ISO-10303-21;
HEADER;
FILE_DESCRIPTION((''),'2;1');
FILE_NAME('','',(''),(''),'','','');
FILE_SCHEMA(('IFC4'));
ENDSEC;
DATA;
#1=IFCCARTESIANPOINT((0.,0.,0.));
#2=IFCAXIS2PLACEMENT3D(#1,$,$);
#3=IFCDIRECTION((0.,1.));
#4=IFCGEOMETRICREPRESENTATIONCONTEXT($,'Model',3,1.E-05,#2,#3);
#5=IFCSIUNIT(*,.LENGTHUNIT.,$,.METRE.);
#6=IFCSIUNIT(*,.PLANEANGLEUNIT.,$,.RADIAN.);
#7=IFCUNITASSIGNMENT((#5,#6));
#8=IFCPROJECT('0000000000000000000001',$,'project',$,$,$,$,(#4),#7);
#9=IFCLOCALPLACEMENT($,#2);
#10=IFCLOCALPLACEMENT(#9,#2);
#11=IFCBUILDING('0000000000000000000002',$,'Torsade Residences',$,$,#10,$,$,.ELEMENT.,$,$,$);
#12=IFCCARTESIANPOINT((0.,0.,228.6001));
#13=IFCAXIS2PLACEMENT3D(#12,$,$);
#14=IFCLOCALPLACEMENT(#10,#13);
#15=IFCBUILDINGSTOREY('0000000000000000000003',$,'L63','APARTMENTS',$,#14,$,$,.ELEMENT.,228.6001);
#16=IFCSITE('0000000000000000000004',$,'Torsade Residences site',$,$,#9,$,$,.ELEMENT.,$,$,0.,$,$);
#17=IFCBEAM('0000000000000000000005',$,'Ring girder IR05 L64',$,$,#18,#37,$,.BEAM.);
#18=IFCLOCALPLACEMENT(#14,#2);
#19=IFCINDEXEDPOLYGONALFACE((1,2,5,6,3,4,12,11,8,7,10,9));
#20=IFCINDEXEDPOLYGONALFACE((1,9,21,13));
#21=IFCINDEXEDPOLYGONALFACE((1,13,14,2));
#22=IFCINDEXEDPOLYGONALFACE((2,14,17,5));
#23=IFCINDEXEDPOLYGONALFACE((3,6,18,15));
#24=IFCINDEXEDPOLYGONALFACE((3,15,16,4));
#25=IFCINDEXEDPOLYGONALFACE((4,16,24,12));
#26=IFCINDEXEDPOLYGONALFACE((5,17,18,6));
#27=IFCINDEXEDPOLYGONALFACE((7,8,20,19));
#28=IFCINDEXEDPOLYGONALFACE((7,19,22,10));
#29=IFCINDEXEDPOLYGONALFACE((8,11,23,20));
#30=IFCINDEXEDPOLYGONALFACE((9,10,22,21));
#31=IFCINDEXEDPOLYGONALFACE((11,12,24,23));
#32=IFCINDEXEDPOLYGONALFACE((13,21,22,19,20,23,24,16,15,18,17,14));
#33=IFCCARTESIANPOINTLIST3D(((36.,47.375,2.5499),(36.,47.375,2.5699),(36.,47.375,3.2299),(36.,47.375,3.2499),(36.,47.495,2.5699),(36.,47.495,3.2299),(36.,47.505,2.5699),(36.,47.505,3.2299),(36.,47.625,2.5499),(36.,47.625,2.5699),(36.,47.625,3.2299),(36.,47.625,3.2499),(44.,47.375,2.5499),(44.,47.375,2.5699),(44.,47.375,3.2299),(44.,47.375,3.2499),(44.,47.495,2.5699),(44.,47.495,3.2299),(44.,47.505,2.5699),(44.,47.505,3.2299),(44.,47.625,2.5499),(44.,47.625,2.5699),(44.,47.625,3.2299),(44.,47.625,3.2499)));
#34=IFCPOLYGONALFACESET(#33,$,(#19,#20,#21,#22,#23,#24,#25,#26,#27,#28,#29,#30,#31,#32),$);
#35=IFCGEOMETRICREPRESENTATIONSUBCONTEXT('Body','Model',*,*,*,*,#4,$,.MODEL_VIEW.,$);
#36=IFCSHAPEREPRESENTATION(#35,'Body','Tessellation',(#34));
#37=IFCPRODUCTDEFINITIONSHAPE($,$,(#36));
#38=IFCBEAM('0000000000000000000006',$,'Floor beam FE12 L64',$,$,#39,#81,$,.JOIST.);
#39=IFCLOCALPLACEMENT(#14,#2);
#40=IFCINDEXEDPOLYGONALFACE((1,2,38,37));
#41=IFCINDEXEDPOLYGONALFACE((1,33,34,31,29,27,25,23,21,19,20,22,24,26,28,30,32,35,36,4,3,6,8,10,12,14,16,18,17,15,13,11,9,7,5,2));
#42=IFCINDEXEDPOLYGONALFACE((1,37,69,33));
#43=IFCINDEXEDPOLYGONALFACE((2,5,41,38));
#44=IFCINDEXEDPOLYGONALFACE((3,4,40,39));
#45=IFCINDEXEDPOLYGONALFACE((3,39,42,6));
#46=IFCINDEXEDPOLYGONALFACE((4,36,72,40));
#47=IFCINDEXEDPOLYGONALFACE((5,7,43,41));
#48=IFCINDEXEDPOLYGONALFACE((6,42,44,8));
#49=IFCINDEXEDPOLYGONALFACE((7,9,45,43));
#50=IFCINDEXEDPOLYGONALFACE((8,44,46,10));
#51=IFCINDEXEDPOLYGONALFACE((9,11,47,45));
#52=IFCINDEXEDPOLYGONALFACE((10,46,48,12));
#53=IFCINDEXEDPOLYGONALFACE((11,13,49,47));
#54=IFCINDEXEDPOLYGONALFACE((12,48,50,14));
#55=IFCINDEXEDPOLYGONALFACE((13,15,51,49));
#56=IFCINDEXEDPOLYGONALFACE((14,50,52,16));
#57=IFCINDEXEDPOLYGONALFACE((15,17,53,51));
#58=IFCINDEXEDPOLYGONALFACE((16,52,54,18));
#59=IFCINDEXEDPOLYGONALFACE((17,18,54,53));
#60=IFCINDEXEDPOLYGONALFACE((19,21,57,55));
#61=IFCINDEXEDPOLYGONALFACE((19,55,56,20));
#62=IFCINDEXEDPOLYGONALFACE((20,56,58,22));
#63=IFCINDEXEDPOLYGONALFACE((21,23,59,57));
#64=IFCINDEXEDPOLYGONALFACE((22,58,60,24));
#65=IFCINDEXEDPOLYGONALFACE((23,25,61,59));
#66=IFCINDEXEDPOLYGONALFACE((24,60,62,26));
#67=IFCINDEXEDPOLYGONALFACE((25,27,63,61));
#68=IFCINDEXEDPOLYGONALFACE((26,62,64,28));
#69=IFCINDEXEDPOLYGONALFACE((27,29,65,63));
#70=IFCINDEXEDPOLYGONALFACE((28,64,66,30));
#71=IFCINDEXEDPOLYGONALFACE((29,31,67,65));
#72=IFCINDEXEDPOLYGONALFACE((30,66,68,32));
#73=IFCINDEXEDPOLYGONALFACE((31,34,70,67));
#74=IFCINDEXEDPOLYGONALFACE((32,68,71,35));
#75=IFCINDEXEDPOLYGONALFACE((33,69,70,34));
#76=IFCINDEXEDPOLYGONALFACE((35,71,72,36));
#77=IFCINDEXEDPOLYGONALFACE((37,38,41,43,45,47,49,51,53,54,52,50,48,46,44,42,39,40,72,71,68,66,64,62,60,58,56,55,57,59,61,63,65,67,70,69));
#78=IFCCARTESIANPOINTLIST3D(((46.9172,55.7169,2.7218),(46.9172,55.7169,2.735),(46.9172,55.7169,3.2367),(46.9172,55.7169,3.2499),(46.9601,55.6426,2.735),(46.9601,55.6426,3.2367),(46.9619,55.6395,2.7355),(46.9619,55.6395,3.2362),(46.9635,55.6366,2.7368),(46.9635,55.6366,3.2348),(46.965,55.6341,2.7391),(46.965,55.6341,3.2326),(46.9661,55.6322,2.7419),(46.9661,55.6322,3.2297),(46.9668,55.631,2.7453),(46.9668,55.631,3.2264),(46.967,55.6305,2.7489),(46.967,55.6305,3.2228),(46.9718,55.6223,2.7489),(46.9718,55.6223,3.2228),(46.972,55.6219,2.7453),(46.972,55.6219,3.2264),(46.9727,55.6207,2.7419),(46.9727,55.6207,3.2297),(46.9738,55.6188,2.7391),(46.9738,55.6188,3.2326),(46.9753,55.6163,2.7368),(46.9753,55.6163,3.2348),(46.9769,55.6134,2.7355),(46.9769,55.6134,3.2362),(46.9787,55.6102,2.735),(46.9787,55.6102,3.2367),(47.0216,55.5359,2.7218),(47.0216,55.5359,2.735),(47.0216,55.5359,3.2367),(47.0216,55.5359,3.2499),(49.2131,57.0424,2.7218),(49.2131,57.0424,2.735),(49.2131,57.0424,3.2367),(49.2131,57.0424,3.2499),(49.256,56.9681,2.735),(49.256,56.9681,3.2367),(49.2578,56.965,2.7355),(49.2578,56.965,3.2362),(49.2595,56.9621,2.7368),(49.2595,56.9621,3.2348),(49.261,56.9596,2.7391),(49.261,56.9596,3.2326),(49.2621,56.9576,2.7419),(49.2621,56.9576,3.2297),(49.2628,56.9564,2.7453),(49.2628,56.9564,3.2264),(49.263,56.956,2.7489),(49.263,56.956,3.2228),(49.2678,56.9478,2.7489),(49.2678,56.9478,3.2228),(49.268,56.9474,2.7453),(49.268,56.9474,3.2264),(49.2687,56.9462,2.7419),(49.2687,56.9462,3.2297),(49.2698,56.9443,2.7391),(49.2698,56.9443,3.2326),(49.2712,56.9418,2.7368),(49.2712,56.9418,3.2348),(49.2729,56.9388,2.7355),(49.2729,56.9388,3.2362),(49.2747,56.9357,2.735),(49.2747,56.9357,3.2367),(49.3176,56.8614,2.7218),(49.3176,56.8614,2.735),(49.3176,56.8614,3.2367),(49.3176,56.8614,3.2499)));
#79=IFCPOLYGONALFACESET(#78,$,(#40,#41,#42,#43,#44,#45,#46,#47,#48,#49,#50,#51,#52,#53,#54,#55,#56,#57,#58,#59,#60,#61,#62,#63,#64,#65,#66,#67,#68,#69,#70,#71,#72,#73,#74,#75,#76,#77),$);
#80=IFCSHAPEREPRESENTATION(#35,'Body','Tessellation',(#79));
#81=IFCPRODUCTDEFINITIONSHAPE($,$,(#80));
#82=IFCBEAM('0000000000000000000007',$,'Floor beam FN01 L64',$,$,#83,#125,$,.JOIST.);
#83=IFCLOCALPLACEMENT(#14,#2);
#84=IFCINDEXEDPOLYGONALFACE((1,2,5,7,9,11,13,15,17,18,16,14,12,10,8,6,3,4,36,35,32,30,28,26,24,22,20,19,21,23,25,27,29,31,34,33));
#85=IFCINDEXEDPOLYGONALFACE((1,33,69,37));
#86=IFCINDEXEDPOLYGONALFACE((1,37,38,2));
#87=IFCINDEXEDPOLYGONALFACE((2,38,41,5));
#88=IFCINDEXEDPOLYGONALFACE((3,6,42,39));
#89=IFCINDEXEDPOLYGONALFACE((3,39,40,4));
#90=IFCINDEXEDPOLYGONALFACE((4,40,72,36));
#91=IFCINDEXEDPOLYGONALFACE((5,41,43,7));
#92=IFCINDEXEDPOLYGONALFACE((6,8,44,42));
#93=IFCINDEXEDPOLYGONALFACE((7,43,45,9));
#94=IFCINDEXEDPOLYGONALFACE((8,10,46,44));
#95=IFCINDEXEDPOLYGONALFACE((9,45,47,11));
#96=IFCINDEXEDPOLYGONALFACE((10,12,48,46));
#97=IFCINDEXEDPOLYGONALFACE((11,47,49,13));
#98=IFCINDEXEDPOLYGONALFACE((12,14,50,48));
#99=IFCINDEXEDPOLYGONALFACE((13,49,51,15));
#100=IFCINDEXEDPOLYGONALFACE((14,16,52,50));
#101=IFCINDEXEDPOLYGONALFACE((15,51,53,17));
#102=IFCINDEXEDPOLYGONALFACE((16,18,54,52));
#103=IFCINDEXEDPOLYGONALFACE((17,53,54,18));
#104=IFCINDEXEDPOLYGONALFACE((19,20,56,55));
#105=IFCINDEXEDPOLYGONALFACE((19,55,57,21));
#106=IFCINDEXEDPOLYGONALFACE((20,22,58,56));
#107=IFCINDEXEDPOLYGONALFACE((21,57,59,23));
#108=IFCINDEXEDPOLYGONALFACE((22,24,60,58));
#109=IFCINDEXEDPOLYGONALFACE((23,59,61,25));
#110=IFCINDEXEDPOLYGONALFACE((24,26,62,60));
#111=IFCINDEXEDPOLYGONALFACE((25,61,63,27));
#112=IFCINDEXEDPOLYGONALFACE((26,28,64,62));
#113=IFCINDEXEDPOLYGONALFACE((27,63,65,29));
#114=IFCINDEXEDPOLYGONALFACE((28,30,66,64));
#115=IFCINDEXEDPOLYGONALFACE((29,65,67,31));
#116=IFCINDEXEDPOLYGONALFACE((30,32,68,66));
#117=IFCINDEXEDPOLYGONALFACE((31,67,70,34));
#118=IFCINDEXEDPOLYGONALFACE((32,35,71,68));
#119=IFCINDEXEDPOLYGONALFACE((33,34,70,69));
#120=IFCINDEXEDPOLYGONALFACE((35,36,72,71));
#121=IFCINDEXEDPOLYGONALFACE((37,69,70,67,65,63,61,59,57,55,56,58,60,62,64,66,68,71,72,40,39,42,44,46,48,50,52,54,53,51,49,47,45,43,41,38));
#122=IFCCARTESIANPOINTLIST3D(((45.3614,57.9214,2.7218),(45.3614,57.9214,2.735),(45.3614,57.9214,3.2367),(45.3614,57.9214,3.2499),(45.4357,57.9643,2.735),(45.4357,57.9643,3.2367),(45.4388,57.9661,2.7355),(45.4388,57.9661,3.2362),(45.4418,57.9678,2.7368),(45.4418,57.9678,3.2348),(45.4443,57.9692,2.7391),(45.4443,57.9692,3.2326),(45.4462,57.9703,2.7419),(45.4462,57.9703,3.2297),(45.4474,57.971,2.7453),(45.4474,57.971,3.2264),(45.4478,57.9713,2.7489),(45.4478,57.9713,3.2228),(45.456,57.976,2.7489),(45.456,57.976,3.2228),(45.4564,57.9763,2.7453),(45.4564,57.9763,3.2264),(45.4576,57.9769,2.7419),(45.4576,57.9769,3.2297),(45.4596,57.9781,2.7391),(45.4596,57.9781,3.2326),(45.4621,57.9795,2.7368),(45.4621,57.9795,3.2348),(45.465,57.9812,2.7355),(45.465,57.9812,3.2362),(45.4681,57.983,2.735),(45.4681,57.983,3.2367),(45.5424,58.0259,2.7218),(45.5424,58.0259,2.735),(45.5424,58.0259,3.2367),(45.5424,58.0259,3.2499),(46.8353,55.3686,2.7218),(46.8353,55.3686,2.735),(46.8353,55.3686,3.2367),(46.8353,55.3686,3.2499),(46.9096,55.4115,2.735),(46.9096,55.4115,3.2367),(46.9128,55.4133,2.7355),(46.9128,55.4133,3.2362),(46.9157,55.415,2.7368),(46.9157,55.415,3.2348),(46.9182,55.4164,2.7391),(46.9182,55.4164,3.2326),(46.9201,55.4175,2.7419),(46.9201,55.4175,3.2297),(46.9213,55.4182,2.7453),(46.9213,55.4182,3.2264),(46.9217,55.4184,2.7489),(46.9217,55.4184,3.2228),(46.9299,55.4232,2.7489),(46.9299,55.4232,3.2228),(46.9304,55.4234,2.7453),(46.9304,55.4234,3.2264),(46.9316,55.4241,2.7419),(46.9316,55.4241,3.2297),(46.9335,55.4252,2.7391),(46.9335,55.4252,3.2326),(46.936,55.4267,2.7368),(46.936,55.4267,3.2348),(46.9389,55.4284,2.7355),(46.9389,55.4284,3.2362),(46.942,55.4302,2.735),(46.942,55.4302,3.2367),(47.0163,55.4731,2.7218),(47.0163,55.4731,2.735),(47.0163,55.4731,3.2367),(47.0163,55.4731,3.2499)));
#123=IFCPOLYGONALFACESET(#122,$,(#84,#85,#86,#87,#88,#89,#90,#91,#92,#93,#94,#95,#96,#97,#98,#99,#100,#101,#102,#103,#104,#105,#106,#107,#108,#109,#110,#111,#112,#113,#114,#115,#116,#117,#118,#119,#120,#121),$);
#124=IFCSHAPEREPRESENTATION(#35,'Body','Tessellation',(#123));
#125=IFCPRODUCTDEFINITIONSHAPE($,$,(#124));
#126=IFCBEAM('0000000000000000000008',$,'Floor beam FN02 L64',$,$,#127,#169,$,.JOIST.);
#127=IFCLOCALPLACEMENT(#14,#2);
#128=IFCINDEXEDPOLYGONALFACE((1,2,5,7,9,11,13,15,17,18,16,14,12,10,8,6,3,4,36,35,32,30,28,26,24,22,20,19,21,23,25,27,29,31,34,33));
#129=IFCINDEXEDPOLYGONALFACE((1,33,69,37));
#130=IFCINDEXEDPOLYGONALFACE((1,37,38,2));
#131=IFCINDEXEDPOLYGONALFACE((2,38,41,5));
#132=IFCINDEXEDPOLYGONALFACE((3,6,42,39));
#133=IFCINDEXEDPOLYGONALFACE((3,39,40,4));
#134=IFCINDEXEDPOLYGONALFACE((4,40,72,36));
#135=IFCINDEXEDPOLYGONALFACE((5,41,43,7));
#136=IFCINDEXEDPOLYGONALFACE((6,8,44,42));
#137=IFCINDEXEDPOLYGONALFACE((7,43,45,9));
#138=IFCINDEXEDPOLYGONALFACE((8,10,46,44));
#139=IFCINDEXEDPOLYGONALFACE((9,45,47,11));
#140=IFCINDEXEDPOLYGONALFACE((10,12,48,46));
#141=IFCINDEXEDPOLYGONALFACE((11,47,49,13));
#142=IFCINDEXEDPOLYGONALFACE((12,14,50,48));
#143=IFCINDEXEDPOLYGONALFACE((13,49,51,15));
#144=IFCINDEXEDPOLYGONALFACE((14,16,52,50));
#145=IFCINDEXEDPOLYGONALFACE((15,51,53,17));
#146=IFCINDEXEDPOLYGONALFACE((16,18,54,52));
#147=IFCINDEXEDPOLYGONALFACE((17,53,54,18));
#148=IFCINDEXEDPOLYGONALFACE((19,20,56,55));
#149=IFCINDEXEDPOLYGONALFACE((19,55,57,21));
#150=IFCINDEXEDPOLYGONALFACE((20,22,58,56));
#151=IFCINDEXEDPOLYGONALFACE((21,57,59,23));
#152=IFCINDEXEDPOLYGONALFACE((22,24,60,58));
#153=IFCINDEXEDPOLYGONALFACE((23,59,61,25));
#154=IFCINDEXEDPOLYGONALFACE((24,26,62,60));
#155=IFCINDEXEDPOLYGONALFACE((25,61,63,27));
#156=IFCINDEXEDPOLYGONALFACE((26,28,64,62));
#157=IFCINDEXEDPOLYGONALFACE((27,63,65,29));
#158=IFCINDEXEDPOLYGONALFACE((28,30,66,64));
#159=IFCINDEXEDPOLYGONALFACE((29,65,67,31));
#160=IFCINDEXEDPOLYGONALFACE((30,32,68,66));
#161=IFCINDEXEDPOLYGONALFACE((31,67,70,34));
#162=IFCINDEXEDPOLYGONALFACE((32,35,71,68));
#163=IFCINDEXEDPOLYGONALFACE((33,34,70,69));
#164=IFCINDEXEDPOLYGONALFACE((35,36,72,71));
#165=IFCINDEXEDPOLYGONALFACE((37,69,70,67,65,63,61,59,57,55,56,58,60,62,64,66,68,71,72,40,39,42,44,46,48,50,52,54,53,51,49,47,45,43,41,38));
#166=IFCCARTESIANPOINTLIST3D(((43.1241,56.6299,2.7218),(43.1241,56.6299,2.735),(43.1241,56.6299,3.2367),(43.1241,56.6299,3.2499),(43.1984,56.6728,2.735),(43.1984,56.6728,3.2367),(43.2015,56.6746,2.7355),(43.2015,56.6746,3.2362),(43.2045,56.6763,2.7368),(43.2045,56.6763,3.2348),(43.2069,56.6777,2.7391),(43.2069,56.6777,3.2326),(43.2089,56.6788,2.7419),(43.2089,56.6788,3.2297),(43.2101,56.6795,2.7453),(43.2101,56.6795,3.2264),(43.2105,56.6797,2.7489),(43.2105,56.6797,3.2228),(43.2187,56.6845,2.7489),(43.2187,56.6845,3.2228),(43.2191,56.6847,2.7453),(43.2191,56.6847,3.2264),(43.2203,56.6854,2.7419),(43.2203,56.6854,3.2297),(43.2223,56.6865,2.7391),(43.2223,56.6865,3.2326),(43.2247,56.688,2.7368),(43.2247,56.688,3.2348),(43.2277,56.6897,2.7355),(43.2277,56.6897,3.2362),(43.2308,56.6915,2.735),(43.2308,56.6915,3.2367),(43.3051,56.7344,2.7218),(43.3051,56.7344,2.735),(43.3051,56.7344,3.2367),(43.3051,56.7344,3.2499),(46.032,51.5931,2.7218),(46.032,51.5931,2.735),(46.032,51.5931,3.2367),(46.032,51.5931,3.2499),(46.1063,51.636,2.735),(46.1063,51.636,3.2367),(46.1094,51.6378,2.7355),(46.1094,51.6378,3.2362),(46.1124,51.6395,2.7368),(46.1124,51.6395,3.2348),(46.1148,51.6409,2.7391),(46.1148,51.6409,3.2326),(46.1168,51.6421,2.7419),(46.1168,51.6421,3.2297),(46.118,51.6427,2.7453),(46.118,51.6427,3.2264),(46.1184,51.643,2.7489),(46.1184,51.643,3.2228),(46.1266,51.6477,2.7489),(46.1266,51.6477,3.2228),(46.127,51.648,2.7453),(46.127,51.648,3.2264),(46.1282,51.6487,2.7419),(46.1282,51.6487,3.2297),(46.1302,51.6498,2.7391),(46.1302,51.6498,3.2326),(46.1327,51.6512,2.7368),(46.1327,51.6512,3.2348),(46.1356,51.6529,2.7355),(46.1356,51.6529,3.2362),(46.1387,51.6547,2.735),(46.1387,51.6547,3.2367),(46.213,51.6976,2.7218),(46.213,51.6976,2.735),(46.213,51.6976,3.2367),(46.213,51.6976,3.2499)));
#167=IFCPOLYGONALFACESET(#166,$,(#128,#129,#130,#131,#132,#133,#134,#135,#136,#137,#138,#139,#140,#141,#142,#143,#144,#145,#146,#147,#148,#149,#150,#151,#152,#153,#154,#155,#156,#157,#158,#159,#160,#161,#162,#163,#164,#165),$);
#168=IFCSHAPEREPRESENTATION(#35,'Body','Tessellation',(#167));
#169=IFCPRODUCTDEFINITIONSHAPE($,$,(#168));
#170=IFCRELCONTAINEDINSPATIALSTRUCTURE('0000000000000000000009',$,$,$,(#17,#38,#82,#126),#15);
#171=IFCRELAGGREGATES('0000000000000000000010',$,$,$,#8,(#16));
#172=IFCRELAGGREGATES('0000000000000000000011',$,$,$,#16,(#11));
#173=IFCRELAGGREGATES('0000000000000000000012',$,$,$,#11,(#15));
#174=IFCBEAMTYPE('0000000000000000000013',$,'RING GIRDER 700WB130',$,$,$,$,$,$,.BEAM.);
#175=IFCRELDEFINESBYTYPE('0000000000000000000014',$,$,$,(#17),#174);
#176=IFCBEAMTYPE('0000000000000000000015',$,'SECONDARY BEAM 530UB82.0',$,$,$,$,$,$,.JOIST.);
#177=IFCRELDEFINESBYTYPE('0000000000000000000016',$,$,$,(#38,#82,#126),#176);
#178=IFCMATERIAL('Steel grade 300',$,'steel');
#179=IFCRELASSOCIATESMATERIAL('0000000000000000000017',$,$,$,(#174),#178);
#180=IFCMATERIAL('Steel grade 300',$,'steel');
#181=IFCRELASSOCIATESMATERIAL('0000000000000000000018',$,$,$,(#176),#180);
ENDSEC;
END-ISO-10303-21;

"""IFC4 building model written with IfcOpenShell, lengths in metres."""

from ifc_helpers import new_model, si_unit, direction, frame, origin, origin_2d, place, context, subcontext, project, spatial, i_section, extrude, material, material_profile, profile_set, type_object, element, save


model = new_model("IFC4")

# Units and contexts
model_context = context("Model", 3, precision=1e-05, world=origin(), true_north=direction((0.0, 1.0)))
body_context = subcontext(model_context, "Body", "Model", "MODEL_VIEW")
ifc_project = project(units=[si_unit("LENGTHUNIT", "METRE"), si_unit("PLANEANGLEUNIT", "RADIAN")], contexts=[model_context])

# Site, building, storey
site_placement = place(None, origin())
site = spatial("IfcSite", under=ifc_project, at=site_placement, Name="Torsade Residences site", CompositionType="ELEMENT", RefElevation=0.0)
building_placement = place(site_placement, origin())
building = spatial("IfcBuilding", under=site, at=building_placement, Name="Torsade Residences", CompositionType="ELEMENT")
storey_placement = place(building_placement, frame((0.0, 0.0, 228.6001)))
storey = spatial("IfcBuildingStorey", under=building, at=storey_placement, Name="L63", Description="APARTMENTS", CompositionType="ELEMENT", Elevation=228.6001)

# Beams
ifc_material_1 = material(Name="Steel grade 300", Category="steel")
ifc_material_profile_1 = material_profile(ifc_material_1, i_section(OverallWidth=0.25, OverallDepth=0.7, WebThickness=0.01, FlangeThickness=0.02, at=origin_2d()), Name="700WB130")
ifc_profile_set_1 = profile_set([ifc_material_profile_1], Name="Steel grade 300")
beam_type_1 = type_object("IfcBeamType", Name="RING GIRDER 700WB130", PredefinedType="BEAM", material=ifc_profile_set_1)
beam_1_placement = place(storey_placement, frame((44.0, 47.5, 2.8999), z_axis=(-1.0, 0.0, 0.0), x_axis=(0.0, -1.0, 0.0)))
element("IfcBeam", 1, at=beam_1_placement, inside=storey, type_object=beam_type_1, Name="Ring girder IR05 L64", PredefinedType="BEAM", context=body_context, shape_type="SweptSolid", body=[
    extrude(i_section(OverallWidth=0.25, OverallDepth=0.7, WebThickness=0.01, FlangeThickness=0.02, at=origin_2d()), origin(), (0.0, 0.0, 1.0), 8.0),
])
ifc_material_2 = material(Name="Steel grade 300", Category="steel")
ifc_material_profile_2 = material_profile(ifc_material_2, i_section(OverallWidth=0.209, OverallDepth=0.5281, WebThickness=0.0095, FlangeThickness=0.0132, FilletRadius=0.0139, at=origin_2d()), Name="530UB82.0")
ifc_profile_set_2 = profile_set([ifc_material_profile_2], Name="Steel grade 300")
beam_type_2 = type_object("IfcBeamType", Name="SECONDARY BEAM 530UB82.0", PredefinedType="JOIST", material=ifc_profile_set_2)
beam_2_placement = place(storey_placement, frame((49.2654, 56.9519, 2.9858), z_axis=(-0.866041, -0.499972, 0.0), x_axis=(0.499972, -0.866041, 0.0)))
element("IfcBeam", 2, at=beam_2_placement, inside=storey, type_object=beam_type_2, Name="Floor beam FE12 L64", PredefinedType="JOIST", context=body_context, shape_type="SweptSolid", body=[
    extrude(i_section(OverallWidth=0.209, OverallDepth=0.5281, WebThickness=0.0095, FlangeThickness=0.0132, FilletRadius=0.0139, at=origin_2d()), origin(), (0.0, 0.0, 1.0), 2.6511),
])
beam_3_placement = place(storey_placement, frame((45.4519, 57.9736, 2.9858), z_axis=(0.500014, -0.866017, 0.0), x_axis=(0.866017, 0.500014, 0.0)))
element("IfcBeam", 3, at=beam_3_placement, inside=storey, type_object=beam_type_2, Name="Floor beam FN01 L64", PredefinedType="JOIST", context=body_context, shape_type="SweptSolid", body=[
    extrude(i_section(OverallWidth=0.209, OverallDepth=0.5281, WebThickness=0.0095, FlangeThickness=0.0132, FilletRadius=0.0139, at=origin_2d()), origin(), (0.0, 0.0, 1.0), 2.9478),
])
beam_4_placement = place(storey_placement, frame((43.2146, 56.6821, 2.9858), z_axis=(0.49999, -0.866031, 0.0), x_axis=(0.866031, 0.49999, 0.0)))
element("IfcBeam", 4, at=beam_4_placement, inside=storey, type_object=beam_type_2, Name="Floor beam FN02 L64", PredefinedType="JOIST", context=body_context, shape_type="SweptSolid", body=[
    extrude(i_section(OverallWidth=0.209, OverallDepth=0.5281, WebThickness=0.0095, FlangeThickness=0.0132, FilletRadius=0.0139, at=origin_2d()), origin(), (0.0, 0.0, 1.0), 5.8159),
])

save(model, "model.ifc")
